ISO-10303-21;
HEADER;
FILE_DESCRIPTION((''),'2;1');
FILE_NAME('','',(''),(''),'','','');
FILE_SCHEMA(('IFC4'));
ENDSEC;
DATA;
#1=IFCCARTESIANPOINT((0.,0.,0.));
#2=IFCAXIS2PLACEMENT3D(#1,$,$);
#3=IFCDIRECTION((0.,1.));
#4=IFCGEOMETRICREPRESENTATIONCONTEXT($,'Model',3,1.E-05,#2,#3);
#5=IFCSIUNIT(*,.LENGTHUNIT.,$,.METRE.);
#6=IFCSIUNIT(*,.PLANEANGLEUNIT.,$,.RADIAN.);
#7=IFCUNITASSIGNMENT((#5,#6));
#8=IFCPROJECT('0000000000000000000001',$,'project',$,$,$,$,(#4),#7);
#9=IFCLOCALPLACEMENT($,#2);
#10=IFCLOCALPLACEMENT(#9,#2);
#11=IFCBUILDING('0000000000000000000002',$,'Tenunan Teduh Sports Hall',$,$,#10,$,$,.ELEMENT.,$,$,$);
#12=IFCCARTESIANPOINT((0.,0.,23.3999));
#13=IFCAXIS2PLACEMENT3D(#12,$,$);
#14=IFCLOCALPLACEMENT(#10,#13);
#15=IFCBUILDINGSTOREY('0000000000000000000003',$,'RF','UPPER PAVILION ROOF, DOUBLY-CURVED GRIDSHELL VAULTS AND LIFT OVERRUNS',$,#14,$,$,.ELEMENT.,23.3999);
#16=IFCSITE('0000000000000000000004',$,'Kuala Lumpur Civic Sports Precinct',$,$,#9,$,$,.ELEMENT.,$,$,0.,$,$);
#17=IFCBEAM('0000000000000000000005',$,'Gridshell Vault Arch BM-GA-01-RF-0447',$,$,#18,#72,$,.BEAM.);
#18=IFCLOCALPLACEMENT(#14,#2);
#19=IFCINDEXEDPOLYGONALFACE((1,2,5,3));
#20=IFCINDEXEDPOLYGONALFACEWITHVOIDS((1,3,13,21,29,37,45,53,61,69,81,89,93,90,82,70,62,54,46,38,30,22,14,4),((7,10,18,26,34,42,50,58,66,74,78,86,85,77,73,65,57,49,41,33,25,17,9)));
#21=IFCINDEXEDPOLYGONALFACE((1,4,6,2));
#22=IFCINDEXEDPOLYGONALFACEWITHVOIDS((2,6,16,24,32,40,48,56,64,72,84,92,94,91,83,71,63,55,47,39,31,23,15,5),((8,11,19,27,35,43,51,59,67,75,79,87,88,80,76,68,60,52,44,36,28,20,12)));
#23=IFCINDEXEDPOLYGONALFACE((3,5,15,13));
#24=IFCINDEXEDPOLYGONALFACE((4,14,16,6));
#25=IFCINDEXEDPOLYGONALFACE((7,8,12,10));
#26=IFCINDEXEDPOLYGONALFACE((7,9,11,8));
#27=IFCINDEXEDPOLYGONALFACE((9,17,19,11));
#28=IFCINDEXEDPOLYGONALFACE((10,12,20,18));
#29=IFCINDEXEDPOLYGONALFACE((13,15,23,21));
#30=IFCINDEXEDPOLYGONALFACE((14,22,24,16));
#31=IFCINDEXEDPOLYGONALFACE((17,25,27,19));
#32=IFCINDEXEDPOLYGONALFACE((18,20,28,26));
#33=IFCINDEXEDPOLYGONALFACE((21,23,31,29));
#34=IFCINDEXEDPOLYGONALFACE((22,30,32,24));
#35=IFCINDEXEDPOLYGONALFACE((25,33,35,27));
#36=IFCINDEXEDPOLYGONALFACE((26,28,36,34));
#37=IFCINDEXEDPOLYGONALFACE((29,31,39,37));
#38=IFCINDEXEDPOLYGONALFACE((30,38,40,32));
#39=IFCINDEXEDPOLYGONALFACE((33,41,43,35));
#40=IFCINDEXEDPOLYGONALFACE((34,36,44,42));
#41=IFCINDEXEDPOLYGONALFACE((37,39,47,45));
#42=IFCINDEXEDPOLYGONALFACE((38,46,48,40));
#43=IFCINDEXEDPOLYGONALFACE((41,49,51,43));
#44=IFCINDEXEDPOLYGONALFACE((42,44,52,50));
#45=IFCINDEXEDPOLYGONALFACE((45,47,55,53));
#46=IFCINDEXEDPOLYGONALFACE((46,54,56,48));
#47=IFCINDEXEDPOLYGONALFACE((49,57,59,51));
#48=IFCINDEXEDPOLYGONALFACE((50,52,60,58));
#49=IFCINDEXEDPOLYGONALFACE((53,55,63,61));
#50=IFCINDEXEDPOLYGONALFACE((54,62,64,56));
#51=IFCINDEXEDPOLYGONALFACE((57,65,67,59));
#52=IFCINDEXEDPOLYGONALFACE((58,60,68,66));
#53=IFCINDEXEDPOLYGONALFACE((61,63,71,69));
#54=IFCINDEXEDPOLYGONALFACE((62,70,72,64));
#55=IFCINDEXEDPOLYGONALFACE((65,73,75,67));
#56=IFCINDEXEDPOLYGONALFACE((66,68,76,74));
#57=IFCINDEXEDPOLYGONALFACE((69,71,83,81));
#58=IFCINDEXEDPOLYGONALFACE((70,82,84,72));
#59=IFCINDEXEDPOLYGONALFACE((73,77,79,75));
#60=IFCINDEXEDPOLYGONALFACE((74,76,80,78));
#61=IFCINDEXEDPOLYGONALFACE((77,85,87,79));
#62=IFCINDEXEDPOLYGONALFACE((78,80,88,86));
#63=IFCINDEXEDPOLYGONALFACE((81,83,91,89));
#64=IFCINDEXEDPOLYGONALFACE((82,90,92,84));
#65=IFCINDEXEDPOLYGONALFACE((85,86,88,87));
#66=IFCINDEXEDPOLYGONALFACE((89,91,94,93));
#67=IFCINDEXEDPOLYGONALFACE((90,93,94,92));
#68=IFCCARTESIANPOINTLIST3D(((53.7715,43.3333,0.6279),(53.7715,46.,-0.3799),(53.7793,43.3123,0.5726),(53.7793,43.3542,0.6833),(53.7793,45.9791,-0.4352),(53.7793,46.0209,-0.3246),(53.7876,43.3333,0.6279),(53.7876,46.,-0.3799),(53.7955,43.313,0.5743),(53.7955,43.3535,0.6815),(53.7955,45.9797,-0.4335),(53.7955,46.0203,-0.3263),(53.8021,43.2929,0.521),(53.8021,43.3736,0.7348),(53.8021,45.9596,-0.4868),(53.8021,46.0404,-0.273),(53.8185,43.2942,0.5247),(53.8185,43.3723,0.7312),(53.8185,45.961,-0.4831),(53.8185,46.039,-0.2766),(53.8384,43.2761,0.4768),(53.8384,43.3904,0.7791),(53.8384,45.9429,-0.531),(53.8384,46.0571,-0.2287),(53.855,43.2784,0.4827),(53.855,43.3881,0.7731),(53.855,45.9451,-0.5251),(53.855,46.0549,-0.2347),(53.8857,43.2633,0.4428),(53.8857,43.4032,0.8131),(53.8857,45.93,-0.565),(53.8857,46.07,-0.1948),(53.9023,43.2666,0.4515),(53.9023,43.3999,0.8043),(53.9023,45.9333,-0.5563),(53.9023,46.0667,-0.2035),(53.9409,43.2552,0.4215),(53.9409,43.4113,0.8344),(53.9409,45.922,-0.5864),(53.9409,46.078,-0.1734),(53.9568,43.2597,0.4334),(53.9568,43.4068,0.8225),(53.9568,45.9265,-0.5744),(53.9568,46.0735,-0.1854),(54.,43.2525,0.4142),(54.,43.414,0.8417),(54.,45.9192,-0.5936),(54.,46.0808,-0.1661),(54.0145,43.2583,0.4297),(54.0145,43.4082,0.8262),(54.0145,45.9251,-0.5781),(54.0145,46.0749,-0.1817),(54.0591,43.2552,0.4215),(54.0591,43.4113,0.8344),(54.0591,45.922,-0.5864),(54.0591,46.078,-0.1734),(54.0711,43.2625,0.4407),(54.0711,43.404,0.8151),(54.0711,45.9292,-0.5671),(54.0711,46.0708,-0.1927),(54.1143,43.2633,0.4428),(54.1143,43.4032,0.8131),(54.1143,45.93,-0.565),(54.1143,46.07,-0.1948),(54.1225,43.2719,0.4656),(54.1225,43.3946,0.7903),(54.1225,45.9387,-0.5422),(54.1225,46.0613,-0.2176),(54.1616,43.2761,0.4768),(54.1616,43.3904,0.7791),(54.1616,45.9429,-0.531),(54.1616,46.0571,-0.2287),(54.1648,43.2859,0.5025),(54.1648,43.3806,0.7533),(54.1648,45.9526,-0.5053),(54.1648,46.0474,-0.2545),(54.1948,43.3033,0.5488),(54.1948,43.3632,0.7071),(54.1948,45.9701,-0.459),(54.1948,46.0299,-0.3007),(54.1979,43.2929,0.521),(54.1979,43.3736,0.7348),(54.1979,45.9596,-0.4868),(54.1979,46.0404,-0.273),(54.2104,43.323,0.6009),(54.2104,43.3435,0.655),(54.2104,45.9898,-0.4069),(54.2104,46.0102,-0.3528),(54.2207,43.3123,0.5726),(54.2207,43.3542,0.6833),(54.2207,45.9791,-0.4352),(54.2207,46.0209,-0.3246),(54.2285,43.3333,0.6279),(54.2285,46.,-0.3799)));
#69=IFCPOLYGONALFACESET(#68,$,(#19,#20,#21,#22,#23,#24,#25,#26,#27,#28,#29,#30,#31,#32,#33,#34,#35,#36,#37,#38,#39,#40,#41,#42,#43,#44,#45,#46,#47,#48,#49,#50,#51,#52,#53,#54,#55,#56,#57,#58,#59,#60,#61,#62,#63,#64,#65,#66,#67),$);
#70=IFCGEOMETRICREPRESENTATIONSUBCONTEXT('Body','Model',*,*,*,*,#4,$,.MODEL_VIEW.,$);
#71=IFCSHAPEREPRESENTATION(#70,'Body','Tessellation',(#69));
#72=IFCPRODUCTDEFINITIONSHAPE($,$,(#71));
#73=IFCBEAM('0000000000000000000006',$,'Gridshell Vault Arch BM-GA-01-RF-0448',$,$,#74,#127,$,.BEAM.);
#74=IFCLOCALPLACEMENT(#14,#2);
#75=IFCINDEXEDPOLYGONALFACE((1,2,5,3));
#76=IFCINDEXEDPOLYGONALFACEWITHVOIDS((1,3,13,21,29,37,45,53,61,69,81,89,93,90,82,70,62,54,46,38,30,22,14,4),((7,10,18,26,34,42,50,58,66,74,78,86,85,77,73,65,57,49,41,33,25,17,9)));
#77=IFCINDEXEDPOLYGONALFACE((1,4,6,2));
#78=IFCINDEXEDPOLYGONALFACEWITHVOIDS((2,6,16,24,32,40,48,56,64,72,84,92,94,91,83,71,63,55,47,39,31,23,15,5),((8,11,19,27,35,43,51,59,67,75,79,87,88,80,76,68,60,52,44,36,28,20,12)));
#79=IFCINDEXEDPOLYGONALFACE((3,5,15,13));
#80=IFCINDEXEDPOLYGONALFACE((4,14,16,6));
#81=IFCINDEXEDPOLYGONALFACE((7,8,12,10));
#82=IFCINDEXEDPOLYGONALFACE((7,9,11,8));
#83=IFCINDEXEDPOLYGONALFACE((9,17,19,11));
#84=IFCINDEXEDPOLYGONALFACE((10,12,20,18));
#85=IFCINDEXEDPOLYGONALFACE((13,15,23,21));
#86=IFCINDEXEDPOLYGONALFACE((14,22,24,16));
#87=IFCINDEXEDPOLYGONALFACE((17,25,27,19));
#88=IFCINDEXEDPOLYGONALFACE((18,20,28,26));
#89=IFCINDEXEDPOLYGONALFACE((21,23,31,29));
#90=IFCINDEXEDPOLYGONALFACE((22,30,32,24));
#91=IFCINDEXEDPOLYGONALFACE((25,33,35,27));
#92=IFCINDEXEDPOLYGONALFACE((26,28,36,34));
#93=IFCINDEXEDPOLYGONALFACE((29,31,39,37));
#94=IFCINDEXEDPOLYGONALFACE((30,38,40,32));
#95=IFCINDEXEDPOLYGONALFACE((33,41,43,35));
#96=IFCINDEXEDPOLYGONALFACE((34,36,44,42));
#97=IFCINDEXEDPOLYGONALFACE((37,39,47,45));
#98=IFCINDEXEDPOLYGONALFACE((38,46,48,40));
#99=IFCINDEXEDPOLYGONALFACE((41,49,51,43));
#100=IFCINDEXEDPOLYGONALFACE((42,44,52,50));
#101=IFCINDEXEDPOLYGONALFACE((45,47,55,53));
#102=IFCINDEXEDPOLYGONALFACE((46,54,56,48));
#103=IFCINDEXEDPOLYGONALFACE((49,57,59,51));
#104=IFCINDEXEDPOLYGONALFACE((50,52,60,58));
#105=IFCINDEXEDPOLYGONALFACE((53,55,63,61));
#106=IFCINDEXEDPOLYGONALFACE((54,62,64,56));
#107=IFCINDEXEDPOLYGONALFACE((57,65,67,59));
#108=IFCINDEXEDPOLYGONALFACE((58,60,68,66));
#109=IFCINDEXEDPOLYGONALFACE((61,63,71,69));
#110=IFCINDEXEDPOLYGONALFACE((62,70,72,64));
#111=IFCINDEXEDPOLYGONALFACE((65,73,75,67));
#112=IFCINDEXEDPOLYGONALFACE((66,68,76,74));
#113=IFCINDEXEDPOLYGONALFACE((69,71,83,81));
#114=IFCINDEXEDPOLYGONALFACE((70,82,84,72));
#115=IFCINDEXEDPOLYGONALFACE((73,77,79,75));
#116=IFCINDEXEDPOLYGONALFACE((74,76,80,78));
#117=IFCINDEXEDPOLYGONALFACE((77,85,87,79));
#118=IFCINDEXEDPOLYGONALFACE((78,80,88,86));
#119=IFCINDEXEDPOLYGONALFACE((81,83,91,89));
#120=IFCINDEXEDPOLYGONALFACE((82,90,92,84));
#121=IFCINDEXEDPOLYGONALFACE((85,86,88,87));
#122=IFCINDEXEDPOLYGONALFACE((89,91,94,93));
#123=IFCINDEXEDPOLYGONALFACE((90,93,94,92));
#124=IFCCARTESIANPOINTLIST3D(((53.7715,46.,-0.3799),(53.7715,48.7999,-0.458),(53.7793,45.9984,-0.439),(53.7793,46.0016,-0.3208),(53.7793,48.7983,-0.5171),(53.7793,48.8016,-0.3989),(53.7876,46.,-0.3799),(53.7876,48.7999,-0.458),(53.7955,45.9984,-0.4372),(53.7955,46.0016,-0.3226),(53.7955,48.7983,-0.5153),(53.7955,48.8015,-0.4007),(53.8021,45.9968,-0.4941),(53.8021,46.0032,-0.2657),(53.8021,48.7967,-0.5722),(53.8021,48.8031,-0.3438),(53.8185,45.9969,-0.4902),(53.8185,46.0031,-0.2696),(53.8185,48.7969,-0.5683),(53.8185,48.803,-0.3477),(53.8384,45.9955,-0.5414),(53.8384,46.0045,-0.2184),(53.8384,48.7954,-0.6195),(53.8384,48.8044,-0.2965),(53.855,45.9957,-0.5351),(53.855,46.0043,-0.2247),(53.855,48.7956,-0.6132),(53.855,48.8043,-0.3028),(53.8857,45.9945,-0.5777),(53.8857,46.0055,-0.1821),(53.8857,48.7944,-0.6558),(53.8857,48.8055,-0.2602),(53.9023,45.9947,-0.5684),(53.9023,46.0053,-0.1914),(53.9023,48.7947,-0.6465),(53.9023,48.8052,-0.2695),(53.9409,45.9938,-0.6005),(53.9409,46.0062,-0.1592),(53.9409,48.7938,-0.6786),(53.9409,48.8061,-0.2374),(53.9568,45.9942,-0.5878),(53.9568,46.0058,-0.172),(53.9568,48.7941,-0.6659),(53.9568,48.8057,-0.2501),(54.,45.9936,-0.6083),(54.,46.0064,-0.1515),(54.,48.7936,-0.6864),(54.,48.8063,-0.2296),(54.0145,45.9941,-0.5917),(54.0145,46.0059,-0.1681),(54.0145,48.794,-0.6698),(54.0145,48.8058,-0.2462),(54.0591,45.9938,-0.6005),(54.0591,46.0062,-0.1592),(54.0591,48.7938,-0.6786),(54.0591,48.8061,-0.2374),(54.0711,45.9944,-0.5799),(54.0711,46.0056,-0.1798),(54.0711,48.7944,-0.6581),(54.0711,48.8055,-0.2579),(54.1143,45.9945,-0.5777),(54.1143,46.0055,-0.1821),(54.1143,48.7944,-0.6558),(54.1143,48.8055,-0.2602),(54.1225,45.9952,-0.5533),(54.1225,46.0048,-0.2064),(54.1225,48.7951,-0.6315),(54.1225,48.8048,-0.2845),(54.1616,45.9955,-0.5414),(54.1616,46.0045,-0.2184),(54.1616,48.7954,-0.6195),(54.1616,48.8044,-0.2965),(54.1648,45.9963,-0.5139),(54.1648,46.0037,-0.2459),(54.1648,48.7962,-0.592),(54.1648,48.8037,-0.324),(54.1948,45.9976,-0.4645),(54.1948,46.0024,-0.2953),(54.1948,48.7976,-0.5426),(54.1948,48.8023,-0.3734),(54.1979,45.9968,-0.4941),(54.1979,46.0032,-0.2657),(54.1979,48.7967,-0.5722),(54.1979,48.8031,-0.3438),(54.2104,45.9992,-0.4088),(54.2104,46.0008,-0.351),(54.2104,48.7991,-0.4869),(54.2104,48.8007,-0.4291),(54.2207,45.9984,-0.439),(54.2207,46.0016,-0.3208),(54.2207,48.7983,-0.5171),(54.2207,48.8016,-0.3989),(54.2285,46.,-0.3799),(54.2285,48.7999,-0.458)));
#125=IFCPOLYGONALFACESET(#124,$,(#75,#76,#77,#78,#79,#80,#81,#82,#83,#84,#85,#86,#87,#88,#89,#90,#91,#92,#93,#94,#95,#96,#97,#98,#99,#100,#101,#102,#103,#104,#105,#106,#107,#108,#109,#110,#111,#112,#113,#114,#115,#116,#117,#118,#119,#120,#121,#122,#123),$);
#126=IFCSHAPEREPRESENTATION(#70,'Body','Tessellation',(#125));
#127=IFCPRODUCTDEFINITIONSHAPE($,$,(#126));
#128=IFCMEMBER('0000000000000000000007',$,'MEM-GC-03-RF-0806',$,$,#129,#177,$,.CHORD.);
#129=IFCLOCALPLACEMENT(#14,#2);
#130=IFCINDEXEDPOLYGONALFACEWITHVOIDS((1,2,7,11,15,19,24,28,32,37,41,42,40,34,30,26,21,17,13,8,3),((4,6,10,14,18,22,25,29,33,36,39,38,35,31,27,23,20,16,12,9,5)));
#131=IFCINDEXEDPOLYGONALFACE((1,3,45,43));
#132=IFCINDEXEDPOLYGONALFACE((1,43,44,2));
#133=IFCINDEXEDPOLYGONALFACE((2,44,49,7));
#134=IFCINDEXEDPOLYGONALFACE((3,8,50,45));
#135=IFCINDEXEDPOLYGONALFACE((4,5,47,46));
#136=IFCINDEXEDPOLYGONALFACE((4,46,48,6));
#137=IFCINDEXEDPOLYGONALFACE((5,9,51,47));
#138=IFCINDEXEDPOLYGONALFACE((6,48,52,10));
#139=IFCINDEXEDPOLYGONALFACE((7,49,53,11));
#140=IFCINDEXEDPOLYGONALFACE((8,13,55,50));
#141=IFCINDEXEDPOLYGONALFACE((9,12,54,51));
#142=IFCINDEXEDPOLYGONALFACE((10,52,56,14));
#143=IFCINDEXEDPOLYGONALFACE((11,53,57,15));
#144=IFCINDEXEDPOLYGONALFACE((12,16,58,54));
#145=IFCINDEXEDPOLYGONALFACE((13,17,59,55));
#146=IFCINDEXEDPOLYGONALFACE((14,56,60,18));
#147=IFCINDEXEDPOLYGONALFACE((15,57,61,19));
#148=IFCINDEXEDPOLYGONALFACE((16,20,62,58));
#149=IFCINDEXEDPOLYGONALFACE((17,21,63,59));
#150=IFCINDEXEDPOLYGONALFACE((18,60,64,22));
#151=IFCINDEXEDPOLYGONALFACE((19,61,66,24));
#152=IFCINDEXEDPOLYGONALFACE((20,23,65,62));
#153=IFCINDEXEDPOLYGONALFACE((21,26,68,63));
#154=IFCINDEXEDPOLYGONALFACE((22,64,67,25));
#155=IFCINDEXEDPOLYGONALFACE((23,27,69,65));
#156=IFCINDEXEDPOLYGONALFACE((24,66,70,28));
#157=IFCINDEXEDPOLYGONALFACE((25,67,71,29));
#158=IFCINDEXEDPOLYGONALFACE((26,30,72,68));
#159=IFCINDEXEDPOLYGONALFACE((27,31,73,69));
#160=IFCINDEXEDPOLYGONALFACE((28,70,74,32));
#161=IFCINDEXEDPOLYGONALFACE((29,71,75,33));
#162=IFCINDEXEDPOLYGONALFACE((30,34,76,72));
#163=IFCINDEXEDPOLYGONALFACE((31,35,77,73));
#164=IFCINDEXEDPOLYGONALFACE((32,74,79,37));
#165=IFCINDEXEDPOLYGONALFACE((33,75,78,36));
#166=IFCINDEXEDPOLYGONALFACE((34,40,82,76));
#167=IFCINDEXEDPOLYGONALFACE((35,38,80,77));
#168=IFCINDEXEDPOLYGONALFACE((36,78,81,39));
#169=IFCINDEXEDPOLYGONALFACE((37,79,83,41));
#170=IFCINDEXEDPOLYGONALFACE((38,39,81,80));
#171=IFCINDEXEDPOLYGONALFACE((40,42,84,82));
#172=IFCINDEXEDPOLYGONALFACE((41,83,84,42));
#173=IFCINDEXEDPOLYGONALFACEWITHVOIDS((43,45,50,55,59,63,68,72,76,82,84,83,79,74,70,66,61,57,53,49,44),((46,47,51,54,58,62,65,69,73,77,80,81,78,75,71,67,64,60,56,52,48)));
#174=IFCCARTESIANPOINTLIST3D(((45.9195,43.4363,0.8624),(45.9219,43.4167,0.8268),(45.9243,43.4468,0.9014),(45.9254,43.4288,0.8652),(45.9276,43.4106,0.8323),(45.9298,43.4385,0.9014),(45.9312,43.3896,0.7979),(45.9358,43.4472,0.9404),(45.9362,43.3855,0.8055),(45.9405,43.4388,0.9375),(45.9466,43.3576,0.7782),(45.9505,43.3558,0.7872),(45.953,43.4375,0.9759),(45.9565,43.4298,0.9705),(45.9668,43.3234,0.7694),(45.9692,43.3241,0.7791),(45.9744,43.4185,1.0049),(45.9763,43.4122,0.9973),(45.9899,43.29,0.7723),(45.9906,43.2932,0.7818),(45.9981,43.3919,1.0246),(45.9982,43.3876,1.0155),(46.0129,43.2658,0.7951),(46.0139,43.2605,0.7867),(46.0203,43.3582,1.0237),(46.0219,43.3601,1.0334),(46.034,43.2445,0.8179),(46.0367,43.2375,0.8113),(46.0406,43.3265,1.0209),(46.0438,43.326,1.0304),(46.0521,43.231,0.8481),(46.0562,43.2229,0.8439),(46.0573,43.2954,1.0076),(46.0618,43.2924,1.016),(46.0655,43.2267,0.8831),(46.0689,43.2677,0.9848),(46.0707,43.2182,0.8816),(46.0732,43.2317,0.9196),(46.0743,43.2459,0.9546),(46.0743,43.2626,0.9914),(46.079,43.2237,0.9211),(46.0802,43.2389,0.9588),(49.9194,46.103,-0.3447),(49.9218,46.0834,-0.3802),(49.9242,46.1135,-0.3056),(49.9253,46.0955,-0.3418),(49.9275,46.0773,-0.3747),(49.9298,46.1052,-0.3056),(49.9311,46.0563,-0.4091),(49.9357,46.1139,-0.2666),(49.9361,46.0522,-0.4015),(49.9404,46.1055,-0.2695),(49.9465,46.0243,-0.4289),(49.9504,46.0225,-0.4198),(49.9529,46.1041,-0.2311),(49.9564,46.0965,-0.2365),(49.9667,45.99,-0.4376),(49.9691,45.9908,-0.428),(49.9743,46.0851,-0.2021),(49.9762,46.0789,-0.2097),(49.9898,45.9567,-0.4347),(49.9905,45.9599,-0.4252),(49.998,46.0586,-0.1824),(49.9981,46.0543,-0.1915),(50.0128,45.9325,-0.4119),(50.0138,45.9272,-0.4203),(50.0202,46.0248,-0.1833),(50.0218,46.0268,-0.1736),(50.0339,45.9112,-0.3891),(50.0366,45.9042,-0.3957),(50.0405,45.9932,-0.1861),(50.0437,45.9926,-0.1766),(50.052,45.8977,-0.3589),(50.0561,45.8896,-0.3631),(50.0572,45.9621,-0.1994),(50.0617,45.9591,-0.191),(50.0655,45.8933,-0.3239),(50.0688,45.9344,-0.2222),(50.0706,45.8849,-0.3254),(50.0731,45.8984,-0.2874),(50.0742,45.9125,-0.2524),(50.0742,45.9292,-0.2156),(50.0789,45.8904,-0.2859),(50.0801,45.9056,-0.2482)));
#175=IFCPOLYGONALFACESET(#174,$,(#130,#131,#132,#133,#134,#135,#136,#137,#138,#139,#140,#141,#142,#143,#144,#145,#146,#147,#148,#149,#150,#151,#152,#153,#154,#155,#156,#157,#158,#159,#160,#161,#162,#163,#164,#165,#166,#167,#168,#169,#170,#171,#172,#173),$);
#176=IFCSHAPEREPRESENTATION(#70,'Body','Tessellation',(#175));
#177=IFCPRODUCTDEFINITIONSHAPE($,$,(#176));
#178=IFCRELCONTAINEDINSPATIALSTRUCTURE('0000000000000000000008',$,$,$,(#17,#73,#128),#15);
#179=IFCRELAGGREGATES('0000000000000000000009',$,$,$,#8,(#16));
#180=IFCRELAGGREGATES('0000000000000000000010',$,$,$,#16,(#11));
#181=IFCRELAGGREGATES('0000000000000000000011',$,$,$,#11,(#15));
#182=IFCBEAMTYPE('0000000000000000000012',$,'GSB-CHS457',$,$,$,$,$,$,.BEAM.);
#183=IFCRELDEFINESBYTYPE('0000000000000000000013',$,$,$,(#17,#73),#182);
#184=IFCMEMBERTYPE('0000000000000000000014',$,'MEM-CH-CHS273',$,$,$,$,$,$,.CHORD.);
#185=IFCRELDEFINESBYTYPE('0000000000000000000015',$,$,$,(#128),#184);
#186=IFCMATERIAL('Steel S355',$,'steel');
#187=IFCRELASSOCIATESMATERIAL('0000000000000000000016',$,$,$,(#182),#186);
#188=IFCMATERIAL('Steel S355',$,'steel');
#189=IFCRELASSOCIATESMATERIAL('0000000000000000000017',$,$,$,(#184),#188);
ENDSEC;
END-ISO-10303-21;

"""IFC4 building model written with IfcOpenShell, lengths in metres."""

from ifc_helpers import new_model, si_unit, direction, frame, origin, origin_2d, place, context, subcontext, project, spatial, hollow_circle, extrude, material, material_profile, profile_set, type_object, element, save


model = new_model("IFC4")

# Units and contexts
model_context = context("Model", 3, precision=1e-05, world=origin(), true_north=direction((0.0, 1.0)))
body_context = subcontext(model_context, "Body", "Model", "MODEL_VIEW")
ifc_project = project(units=[si_unit("LENGTHUNIT", "METRE"), si_unit("PLANEANGLEUNIT", "RADIAN")], contexts=[model_context])

# Site, building, storey
site_placement = place(None, origin())
site = spatial("IfcSite", under=ifc_project, at=site_placement, Name="Kuala Lumpur Civic Sports Precinct", CompositionType="ELEMENT", RefElevation=0.0)
building_placement = place(site_placement, origin())
building = spatial("IfcBuilding", under=site, at=building_placement, Name="Tenunan Teduh Sports Hall", CompositionType="ELEMENT")
storey_placement = place(building_placement, frame((0.0, 0.0, 23.3999)))
storey = spatial("IfcBuildingStorey", under=building, at=storey_placement, Name="RF", Description="UPPER PAVILION ROOF, DOUBLY-CURVED GRIDSHELL VAULTS AND LIFT OVERRUNS", CompositionType="ELEMENT", Elevation=23.3999)

# Beams
ifc_material_1 = material(Name="Steel S355", Category="steel")
ifc_material_profile_1 = material_profile(ifc_material_1, hollow_circle(Radius=0.2285, WallThickness=0.0161, at=origin_2d()), Name="CHS 457.0x16.0")
ifc_profile_set_1 = profile_set([ifc_material_profile_1], Name="Steel S355")
beam_type_1 = type_object("IfcBeamType", Name="GSB-CHS457", PredefinedType="BEAM", material=ifc_profile_set_1)
beam_1_placement = place(storey_placement, frame((54.0, 43.3333, 0.6279), z_axis=(0.0, 0.935429, -0.353515), x_axis=(-1.0, 0.0, 0.0)))
element("IfcBeam", 1, at=beam_1_placement, inside=storey, type_object=beam_type_1, Name="Gridshell Vault Arch BM-GA-01-RF-0447", PredefinedType="BEAM", context=body_context, shape_type="SweptSolid", body=[
    extrude(hollow_circle(Radius=0.2285, WallThickness=0.0161, at=origin_2d()), origin(), (0.0, 0.0, 1.0), 2.8508),
])
beam_2_placement = place(storey_placement, frame((54.0, 46.0, -0.3799), z_axis=(0.0, 0.999611, -0.02789), x_axis=(-1.0, 0.0, 0.0)))
element("IfcBeam", 2, at=beam_2_placement, inside=storey, type_object=beam_type_1, Name="Gridshell Vault Arch BM-GA-01-RF-0448", PredefinedType="BEAM", context=body_context, shape_type="SweptSolid", body=[
    extrude(hollow_circle(Radius=0.2285, WallThickness=0.0161, at=origin_2d()), origin(), (0.0, 0.0, 1.0), 2.801),
])

# Member
ifc_material_2 = material(Name="Steel S355", Category="steel")
ifc_material_profile_2 = material_profile(ifc_material_2, hollow_circle(Radius=0.1365, WallThickness=0.01, at=origin_2d()), Name="CHS 273.0x10.0")
ifc_profile_set_2 = profile_set([ifc_material_profile_2], Name="Steel S355")
member_type_1 = type_object("IfcMemberType", Name="MEM-CH-CHS273", PredefinedType="CHORD", material=ifc_profile_set_2)
member_1_placement = place(storey_placement, frame((46.0, 43.3333, 0.9014), z_axis=(0.806995, 0.538013, -0.243517), x_axis=(-0.554712, 0.832042, 0.0)))
element("IfcMember", 3, at=member_1_placement, inside=storey, type_object=member_type_1, Name="MEM-GC-03-RF-0806", PredefinedType="CHORD", context=body_context, shape_type="SweptSolid", body=[
    extrude(hollow_circle(Radius=0.1365, WallThickness=0.01, at=origin_2d()), origin(), (0.0, 0.0, 1.0), 4.9565),
])

save(model, "model.ifc")
